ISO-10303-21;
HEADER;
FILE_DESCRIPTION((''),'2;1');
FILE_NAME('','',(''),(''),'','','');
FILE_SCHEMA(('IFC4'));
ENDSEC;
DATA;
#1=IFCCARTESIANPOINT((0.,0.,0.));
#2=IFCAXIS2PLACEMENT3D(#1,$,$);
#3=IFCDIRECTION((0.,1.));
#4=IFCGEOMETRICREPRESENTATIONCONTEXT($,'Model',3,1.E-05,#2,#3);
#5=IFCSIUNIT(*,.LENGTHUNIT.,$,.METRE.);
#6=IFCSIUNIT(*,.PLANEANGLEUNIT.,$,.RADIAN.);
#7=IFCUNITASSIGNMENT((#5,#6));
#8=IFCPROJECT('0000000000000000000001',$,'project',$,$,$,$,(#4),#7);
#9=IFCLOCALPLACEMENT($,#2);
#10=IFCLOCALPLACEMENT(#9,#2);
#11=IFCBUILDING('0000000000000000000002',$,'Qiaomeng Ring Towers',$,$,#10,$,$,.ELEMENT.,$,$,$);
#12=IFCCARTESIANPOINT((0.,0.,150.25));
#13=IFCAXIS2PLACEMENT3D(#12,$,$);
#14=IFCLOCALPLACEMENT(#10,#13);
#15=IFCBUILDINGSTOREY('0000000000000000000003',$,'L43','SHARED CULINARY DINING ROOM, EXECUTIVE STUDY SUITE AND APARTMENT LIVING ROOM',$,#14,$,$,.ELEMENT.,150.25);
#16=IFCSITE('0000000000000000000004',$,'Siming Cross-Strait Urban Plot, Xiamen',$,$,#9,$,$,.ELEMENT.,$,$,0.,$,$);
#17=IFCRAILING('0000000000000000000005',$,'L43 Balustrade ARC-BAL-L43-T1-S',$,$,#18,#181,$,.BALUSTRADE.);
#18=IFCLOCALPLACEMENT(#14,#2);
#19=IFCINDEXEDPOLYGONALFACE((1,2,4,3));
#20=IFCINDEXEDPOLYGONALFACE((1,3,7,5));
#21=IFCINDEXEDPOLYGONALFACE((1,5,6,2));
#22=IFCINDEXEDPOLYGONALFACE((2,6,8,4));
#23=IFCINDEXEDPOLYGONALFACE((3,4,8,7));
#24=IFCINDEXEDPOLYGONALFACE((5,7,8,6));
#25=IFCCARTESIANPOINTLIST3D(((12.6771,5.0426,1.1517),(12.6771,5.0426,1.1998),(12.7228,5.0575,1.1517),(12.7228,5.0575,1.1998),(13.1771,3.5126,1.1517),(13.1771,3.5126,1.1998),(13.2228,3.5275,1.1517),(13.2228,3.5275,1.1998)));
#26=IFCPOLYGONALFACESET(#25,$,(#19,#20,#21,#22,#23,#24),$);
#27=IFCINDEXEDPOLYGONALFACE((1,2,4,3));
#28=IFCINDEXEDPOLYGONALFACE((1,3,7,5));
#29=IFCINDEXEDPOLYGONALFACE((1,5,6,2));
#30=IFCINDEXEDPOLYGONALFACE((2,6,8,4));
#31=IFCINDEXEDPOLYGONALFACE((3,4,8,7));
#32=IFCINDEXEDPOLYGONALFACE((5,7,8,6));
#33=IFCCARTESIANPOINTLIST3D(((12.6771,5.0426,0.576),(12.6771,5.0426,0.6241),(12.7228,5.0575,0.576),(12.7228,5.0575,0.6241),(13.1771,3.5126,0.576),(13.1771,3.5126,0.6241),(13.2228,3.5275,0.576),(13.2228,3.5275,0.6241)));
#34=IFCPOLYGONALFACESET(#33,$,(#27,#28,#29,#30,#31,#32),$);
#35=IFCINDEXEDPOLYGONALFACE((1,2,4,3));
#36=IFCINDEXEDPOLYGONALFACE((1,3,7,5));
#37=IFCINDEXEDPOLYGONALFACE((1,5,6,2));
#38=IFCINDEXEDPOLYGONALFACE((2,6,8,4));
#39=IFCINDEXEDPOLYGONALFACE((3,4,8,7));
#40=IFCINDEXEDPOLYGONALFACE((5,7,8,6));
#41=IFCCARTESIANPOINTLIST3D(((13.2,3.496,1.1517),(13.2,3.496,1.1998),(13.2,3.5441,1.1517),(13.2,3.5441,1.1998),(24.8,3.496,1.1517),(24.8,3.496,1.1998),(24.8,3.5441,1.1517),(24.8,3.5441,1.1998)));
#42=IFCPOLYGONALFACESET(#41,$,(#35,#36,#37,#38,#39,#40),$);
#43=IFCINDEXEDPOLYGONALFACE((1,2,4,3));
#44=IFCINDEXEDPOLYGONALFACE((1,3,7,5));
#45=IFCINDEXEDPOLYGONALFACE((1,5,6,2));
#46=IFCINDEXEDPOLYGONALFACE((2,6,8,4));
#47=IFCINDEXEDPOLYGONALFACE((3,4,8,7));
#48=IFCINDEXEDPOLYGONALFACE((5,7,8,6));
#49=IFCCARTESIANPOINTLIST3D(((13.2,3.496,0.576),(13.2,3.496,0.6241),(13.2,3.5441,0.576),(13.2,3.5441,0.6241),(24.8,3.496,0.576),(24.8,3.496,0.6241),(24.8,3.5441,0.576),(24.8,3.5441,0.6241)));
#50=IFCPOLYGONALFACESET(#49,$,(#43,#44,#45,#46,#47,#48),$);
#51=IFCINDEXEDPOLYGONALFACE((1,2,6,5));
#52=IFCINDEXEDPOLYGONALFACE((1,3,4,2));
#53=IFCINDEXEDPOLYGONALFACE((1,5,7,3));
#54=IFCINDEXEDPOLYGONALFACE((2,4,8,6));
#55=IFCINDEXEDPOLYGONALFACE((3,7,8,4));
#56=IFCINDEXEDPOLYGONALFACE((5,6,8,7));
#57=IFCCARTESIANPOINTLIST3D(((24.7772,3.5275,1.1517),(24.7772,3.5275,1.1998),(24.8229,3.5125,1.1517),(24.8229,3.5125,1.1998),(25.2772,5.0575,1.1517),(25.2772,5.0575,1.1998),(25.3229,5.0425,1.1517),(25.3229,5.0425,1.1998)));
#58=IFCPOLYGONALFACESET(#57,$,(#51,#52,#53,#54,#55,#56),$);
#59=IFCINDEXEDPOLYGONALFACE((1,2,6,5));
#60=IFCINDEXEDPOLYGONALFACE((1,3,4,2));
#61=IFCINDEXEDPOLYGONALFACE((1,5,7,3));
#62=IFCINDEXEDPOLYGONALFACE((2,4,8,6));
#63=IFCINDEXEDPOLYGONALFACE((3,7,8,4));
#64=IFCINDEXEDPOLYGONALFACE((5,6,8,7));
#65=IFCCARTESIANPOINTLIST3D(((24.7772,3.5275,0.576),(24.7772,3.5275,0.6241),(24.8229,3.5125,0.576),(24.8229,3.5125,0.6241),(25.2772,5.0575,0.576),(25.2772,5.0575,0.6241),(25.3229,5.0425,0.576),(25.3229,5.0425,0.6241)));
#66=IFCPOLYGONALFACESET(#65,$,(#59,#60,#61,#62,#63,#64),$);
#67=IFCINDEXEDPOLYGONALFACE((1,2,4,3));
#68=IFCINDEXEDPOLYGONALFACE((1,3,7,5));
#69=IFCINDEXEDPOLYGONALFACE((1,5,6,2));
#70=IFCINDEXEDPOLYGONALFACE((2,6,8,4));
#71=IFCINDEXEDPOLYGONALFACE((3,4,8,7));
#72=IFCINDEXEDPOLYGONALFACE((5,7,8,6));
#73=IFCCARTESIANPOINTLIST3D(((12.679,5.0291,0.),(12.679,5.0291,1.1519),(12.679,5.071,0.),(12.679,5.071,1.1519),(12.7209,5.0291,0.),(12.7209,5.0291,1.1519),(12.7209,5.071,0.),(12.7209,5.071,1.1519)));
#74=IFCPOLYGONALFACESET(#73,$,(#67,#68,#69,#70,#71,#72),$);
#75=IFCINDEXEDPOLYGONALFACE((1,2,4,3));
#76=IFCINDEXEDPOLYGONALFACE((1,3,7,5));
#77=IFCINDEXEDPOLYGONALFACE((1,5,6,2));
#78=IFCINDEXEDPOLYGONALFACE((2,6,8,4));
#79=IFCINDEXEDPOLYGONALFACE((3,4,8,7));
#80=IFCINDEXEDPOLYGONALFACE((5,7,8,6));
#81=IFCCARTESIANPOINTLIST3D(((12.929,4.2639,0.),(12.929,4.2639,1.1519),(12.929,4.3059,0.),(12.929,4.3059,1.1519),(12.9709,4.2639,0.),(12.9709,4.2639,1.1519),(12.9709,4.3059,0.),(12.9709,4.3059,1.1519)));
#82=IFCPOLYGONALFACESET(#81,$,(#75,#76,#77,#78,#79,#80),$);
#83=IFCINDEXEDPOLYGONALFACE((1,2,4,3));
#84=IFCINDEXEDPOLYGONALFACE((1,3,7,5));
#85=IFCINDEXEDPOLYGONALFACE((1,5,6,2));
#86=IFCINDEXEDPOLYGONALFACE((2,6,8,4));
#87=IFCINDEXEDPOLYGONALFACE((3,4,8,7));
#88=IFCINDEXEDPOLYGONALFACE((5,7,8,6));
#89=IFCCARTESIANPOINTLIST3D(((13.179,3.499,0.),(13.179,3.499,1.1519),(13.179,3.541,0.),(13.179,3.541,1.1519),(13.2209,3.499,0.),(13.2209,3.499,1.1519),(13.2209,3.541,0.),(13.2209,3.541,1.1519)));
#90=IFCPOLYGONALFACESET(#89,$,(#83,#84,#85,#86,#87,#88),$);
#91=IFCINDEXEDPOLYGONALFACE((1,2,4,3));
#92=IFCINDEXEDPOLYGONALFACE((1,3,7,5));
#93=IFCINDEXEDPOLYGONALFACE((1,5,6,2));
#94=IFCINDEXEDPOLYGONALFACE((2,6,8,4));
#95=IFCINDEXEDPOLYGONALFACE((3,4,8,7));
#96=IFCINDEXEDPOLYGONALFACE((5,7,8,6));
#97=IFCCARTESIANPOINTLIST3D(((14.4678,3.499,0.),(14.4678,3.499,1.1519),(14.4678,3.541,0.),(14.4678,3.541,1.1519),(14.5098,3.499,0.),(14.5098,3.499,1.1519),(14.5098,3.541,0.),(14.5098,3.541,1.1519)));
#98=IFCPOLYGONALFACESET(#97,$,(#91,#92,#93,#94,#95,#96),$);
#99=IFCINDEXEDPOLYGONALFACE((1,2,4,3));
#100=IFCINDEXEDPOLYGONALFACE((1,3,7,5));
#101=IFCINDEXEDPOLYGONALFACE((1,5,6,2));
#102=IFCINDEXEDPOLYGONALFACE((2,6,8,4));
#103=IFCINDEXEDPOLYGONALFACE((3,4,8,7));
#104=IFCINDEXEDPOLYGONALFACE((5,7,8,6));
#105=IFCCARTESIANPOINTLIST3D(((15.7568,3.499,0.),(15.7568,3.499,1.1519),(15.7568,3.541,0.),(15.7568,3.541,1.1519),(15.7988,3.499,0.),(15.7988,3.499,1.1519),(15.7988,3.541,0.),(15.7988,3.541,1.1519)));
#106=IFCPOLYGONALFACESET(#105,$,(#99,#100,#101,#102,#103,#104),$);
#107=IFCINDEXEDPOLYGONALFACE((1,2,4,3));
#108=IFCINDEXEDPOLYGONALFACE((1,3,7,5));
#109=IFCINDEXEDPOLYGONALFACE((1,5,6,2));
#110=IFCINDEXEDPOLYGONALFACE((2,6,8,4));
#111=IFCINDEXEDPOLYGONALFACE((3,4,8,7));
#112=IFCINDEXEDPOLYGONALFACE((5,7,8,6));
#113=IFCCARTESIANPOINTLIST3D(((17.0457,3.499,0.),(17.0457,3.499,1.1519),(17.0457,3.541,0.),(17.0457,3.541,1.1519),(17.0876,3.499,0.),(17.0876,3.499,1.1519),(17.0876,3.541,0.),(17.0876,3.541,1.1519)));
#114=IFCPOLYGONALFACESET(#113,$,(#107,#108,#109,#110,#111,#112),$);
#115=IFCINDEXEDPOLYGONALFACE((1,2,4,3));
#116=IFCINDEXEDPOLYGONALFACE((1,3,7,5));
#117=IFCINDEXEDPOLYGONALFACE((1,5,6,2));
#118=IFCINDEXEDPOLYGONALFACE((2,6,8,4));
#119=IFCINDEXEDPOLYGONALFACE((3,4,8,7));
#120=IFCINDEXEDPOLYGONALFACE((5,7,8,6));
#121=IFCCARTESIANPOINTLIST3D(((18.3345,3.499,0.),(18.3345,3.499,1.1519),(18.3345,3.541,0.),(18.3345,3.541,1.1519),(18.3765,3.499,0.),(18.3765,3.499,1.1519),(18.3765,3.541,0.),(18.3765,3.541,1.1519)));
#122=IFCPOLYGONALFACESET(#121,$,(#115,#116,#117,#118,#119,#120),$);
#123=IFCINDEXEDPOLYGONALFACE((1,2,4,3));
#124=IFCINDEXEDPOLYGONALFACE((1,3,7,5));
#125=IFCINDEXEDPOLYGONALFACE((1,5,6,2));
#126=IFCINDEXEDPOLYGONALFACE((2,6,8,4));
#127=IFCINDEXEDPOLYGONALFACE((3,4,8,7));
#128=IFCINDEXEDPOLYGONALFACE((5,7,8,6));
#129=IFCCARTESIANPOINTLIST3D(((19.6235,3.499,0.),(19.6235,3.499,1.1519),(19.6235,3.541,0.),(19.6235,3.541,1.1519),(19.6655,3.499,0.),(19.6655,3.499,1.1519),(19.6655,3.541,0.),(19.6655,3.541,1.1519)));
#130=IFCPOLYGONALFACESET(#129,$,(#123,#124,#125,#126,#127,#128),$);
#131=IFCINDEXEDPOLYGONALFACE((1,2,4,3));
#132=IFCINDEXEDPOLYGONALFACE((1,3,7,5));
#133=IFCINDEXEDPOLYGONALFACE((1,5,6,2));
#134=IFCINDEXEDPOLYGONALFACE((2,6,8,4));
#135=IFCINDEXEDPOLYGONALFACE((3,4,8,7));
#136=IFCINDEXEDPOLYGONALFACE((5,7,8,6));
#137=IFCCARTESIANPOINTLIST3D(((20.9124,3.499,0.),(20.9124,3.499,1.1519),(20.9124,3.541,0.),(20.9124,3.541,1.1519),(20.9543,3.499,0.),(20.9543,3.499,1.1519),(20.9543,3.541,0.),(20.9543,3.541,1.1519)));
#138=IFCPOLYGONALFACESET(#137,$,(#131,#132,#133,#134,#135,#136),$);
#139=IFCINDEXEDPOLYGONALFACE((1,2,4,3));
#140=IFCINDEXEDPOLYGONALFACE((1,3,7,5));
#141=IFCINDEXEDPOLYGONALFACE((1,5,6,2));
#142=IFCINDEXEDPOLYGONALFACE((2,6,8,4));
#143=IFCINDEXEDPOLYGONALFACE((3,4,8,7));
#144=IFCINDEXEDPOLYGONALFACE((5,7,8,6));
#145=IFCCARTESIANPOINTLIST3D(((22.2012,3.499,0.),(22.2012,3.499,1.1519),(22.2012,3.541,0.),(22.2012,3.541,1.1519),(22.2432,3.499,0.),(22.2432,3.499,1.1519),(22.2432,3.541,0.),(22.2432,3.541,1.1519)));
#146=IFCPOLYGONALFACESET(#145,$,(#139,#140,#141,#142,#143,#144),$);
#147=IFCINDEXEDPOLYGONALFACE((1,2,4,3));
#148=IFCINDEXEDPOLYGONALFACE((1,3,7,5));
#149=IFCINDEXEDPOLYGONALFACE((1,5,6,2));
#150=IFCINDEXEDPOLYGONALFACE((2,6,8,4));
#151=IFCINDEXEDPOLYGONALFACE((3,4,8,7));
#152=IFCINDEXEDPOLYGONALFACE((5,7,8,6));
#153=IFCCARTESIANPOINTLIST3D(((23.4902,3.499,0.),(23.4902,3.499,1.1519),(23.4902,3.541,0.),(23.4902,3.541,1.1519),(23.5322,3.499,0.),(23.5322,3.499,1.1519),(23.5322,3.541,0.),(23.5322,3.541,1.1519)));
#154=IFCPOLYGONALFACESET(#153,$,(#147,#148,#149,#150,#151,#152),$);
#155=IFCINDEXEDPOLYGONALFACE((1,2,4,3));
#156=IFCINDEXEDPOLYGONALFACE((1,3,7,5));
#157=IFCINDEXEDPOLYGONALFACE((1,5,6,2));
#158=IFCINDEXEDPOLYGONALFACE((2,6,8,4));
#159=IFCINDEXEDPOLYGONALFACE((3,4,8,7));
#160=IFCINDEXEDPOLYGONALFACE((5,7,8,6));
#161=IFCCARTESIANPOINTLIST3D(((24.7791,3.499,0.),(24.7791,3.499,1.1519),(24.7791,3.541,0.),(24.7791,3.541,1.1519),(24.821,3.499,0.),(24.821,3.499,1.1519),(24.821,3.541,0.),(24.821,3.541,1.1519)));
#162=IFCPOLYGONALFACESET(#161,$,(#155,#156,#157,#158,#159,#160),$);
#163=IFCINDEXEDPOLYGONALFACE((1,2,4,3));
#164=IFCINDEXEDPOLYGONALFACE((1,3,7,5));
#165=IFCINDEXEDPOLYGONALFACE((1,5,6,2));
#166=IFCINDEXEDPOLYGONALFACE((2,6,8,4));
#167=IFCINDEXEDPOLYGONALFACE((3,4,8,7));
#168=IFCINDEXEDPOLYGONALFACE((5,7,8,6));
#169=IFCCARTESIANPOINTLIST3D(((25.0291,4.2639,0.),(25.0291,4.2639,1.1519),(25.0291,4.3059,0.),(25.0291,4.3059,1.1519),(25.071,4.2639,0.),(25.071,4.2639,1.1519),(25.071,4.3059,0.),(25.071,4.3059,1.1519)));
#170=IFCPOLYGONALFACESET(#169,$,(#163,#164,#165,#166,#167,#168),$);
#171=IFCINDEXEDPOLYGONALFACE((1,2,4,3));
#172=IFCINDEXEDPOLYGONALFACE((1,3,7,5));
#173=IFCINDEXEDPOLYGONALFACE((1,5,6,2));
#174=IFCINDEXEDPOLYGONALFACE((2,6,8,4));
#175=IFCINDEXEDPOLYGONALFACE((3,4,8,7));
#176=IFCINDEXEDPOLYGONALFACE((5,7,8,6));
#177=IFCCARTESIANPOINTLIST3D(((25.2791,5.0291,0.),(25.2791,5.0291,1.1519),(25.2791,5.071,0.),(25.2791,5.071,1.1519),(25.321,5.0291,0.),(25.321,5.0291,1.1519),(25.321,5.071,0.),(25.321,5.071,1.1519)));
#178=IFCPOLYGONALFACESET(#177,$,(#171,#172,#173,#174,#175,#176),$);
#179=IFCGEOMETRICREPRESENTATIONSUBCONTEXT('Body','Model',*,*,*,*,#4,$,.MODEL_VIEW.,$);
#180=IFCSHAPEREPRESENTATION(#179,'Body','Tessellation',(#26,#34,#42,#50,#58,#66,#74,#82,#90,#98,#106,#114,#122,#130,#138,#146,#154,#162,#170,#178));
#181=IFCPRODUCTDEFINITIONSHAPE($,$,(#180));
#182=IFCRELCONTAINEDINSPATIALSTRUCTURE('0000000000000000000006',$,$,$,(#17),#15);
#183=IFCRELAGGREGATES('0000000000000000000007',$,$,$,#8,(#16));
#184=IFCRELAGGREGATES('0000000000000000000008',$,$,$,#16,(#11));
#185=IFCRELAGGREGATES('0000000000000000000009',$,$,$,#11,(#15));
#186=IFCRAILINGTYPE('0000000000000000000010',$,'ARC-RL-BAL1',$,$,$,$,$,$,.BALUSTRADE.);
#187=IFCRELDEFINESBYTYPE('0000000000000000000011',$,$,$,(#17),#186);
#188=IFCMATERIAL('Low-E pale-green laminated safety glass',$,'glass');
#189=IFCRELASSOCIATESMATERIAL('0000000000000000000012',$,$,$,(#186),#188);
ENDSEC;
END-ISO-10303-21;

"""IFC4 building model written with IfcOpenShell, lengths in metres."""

from ifc_helpers import new_model, si_unit, direction, frame, origin, origin_2d, place, context, subcontext, project, spatial, rectangle, extrude, material, type_object, element, save


model = new_model("IFC4")

# Units and contexts
model_context = context("Model", 3, precision=1e-05, world=origin(), true_north=direction((0.0, 1.0)))
body_context = subcontext(model_context, "Body", "Model", "MODEL_VIEW")
ifc_project = project(units=[si_unit("LENGTHUNIT", "METRE"), si_unit("PLANEANGLEUNIT", "RADIAN")], contexts=[model_context])

# Site, building, storey
site_placement = place(None, origin())
site = spatial("IfcSite", under=ifc_project, at=site_placement, Name="Siming Cross-Strait Urban Plot, Xiamen", CompositionType="ELEMENT", RefElevation=0.0)
building_placement = place(site_placement, origin())
building = spatial("IfcBuilding", under=site, at=building_placement, Name="Qiaomeng Ring Towers", CompositionType="ELEMENT")
storey_placement = place(building_placement, frame((0.0, 0.0, 150.25)))
storey = spatial("IfcBuildingStorey", under=building, at=storey_placement, Name="L43", Description="SHARED CULINARY DINING ROOM, EXECUTIVE STUDY SUITE AND APARTMENT LIVING ROOM", CompositionType="ELEMENT", Elevation=150.25)

# Railing
ifc_material_1 = material(Name="Low-E pale-green laminated safety glass", Category="glass")
railing_type = type_object("IfcRailingType", Name="ARC-RL-BAL1", PredefinedType="BALUSTRADE", material=ifc_material_1)
railing_placement = place(storey_placement, frame((12.7, 5.05, 0.0)))
element("IfcRailing", 1, at=railing_placement, inside=storey, type_object=railing_type, Name="L43 Balustrade ARC-BAL-L43-T1-S", PredefinedType="BALUSTRADE", context=body_context, shape_type="SweptSolid", body=[
    extrude(rectangle(XDim=0.0481, YDim=0.0481, at=origin_2d()), frame((0.0, 0.0, 1.1758), z_axis=(0.310626, -0.950532, 0.0), x_axis=(0.950532, 0.310626, 0.0)), (0.0, 0.0, 1.0), 1.6096),
    extrude(rectangle(XDim=0.0481, YDim=0.0481, at=origin_2d()), frame((0.0, 0.0, 0.6001), z_axis=(0.310626, -0.950532, 0.0), x_axis=(0.950532, 0.310626, 0.0)), (0.0, 0.0, 1.0), 1.6096),
    extrude(rectangle(XDim=0.0481, YDim=0.0481, at=origin_2d()), frame((0.5, -1.53, 1.1758), z_axis=(1.0, 0.0, 0.0), x_axis=(0.0, 1.0, 0.0)), (0.0, 0.0, 1.0), 11.6001),
    extrude(rectangle(XDim=0.0481, YDim=0.0481, at=origin_2d()), frame((0.5, -1.53, 0.6001), z_axis=(1.0, 0.0, 0.0), x_axis=(0.0, 1.0, 0.0)), (0.0, 0.0, 1.0), 11.6001),
    extrude(rectangle(XDim=0.0481, YDim=0.0481, at=origin_2d()), frame((12.1001, -1.53, 1.1758), z_axis=(0.310626, 0.950532, 0.0), x_axis=(-0.950532, 0.310626, 0.0)), (0.0, 0.0, 1.0), 1.6096),
    extrude(rectangle(XDim=0.0481, YDim=0.0481, at=origin_2d()), frame((12.1001, -1.53, 0.6001), z_axis=(0.310626, 0.950532, 0.0), x_axis=(-0.950532, 0.310626, 0.0)), (0.0, 0.0, 1.0), 1.6096),
    extrude(rectangle(XDim=0.042, YDim=0.042, at=origin_2d()), origin(), (0.0, 0.0, 1.0), 1.1519),
    extrude(rectangle(XDim=0.042, YDim=0.042, at=origin_2d()), frame((0.25, -0.7651, 0.0)), (0.0, 0.0, 1.0), 1.1519),
    extrude(rectangle(XDim=0.042, YDim=0.042, at=origin_2d()), frame((0.5, -1.53, 0.0)), (0.0, 0.0, 1.0), 1.1519),
    extrude(rectangle(XDim=0.042, YDim=0.042, at=origin_2d()), frame((1.7888, -1.53, 0.0)), (0.0, 0.0, 1.0), 1.1519),
    extrude(rectangle(XDim=0.042, YDim=0.042, at=origin_2d()), frame((3.0779, -1.53, 0.0)), (0.0, 0.0, 1.0), 1.1519),
    extrude(rectangle(XDim=0.042, YDim=0.042, at=origin_2d()), frame((4.3667, -1.53, 0.0)), (0.0, 0.0, 1.0), 1.1519),
    extrude(rectangle(XDim=0.042, YDim=0.042, at=origin_2d()), frame((5.6555, -1.53, 0.0)), (0.0, 0.0, 1.0), 1.1519),
    extrude(rectangle(XDim=0.042, YDim=0.042, at=origin_2d()), frame((6.9446, -1.53, 0.0)), (0.0, 0.0, 1.0), 1.1519),
    extrude(rectangle(XDim=0.042, YDim=0.042, at=origin_2d()), frame((8.2334, -1.53, 0.0)), (0.0, 0.0, 1.0), 1.1519),
    extrude(rectangle(XDim=0.042, YDim=0.042, at=origin_2d()), frame((9.5222, -1.53, 0.0)), (0.0, 0.0, 1.0), 1.1519),
    extrude(rectangle(XDim=0.042, YDim=0.042, at=origin_2d()), frame((10.8113, -1.53, 0.0)), (0.0, 0.0, 1.0), 1.1519),
    extrude(rectangle(XDim=0.042, YDim=0.042, at=origin_2d()), frame((12.1001, -1.53, 0.0)), (0.0, 0.0, 1.0), 1.1519),
    extrude(rectangle(XDim=0.042, YDim=0.042, at=origin_2d()), frame((12.3501, -0.7651, 0.0)), (0.0, 0.0, 1.0), 1.1519),
    extrude(rectangle(XDim=0.042, YDim=0.042, at=origin_2d()), frame((12.6001, 0.0, 0.0)), (0.0, 0.0, 1.0), 1.1519),
])

save(model, "model.ifc")
